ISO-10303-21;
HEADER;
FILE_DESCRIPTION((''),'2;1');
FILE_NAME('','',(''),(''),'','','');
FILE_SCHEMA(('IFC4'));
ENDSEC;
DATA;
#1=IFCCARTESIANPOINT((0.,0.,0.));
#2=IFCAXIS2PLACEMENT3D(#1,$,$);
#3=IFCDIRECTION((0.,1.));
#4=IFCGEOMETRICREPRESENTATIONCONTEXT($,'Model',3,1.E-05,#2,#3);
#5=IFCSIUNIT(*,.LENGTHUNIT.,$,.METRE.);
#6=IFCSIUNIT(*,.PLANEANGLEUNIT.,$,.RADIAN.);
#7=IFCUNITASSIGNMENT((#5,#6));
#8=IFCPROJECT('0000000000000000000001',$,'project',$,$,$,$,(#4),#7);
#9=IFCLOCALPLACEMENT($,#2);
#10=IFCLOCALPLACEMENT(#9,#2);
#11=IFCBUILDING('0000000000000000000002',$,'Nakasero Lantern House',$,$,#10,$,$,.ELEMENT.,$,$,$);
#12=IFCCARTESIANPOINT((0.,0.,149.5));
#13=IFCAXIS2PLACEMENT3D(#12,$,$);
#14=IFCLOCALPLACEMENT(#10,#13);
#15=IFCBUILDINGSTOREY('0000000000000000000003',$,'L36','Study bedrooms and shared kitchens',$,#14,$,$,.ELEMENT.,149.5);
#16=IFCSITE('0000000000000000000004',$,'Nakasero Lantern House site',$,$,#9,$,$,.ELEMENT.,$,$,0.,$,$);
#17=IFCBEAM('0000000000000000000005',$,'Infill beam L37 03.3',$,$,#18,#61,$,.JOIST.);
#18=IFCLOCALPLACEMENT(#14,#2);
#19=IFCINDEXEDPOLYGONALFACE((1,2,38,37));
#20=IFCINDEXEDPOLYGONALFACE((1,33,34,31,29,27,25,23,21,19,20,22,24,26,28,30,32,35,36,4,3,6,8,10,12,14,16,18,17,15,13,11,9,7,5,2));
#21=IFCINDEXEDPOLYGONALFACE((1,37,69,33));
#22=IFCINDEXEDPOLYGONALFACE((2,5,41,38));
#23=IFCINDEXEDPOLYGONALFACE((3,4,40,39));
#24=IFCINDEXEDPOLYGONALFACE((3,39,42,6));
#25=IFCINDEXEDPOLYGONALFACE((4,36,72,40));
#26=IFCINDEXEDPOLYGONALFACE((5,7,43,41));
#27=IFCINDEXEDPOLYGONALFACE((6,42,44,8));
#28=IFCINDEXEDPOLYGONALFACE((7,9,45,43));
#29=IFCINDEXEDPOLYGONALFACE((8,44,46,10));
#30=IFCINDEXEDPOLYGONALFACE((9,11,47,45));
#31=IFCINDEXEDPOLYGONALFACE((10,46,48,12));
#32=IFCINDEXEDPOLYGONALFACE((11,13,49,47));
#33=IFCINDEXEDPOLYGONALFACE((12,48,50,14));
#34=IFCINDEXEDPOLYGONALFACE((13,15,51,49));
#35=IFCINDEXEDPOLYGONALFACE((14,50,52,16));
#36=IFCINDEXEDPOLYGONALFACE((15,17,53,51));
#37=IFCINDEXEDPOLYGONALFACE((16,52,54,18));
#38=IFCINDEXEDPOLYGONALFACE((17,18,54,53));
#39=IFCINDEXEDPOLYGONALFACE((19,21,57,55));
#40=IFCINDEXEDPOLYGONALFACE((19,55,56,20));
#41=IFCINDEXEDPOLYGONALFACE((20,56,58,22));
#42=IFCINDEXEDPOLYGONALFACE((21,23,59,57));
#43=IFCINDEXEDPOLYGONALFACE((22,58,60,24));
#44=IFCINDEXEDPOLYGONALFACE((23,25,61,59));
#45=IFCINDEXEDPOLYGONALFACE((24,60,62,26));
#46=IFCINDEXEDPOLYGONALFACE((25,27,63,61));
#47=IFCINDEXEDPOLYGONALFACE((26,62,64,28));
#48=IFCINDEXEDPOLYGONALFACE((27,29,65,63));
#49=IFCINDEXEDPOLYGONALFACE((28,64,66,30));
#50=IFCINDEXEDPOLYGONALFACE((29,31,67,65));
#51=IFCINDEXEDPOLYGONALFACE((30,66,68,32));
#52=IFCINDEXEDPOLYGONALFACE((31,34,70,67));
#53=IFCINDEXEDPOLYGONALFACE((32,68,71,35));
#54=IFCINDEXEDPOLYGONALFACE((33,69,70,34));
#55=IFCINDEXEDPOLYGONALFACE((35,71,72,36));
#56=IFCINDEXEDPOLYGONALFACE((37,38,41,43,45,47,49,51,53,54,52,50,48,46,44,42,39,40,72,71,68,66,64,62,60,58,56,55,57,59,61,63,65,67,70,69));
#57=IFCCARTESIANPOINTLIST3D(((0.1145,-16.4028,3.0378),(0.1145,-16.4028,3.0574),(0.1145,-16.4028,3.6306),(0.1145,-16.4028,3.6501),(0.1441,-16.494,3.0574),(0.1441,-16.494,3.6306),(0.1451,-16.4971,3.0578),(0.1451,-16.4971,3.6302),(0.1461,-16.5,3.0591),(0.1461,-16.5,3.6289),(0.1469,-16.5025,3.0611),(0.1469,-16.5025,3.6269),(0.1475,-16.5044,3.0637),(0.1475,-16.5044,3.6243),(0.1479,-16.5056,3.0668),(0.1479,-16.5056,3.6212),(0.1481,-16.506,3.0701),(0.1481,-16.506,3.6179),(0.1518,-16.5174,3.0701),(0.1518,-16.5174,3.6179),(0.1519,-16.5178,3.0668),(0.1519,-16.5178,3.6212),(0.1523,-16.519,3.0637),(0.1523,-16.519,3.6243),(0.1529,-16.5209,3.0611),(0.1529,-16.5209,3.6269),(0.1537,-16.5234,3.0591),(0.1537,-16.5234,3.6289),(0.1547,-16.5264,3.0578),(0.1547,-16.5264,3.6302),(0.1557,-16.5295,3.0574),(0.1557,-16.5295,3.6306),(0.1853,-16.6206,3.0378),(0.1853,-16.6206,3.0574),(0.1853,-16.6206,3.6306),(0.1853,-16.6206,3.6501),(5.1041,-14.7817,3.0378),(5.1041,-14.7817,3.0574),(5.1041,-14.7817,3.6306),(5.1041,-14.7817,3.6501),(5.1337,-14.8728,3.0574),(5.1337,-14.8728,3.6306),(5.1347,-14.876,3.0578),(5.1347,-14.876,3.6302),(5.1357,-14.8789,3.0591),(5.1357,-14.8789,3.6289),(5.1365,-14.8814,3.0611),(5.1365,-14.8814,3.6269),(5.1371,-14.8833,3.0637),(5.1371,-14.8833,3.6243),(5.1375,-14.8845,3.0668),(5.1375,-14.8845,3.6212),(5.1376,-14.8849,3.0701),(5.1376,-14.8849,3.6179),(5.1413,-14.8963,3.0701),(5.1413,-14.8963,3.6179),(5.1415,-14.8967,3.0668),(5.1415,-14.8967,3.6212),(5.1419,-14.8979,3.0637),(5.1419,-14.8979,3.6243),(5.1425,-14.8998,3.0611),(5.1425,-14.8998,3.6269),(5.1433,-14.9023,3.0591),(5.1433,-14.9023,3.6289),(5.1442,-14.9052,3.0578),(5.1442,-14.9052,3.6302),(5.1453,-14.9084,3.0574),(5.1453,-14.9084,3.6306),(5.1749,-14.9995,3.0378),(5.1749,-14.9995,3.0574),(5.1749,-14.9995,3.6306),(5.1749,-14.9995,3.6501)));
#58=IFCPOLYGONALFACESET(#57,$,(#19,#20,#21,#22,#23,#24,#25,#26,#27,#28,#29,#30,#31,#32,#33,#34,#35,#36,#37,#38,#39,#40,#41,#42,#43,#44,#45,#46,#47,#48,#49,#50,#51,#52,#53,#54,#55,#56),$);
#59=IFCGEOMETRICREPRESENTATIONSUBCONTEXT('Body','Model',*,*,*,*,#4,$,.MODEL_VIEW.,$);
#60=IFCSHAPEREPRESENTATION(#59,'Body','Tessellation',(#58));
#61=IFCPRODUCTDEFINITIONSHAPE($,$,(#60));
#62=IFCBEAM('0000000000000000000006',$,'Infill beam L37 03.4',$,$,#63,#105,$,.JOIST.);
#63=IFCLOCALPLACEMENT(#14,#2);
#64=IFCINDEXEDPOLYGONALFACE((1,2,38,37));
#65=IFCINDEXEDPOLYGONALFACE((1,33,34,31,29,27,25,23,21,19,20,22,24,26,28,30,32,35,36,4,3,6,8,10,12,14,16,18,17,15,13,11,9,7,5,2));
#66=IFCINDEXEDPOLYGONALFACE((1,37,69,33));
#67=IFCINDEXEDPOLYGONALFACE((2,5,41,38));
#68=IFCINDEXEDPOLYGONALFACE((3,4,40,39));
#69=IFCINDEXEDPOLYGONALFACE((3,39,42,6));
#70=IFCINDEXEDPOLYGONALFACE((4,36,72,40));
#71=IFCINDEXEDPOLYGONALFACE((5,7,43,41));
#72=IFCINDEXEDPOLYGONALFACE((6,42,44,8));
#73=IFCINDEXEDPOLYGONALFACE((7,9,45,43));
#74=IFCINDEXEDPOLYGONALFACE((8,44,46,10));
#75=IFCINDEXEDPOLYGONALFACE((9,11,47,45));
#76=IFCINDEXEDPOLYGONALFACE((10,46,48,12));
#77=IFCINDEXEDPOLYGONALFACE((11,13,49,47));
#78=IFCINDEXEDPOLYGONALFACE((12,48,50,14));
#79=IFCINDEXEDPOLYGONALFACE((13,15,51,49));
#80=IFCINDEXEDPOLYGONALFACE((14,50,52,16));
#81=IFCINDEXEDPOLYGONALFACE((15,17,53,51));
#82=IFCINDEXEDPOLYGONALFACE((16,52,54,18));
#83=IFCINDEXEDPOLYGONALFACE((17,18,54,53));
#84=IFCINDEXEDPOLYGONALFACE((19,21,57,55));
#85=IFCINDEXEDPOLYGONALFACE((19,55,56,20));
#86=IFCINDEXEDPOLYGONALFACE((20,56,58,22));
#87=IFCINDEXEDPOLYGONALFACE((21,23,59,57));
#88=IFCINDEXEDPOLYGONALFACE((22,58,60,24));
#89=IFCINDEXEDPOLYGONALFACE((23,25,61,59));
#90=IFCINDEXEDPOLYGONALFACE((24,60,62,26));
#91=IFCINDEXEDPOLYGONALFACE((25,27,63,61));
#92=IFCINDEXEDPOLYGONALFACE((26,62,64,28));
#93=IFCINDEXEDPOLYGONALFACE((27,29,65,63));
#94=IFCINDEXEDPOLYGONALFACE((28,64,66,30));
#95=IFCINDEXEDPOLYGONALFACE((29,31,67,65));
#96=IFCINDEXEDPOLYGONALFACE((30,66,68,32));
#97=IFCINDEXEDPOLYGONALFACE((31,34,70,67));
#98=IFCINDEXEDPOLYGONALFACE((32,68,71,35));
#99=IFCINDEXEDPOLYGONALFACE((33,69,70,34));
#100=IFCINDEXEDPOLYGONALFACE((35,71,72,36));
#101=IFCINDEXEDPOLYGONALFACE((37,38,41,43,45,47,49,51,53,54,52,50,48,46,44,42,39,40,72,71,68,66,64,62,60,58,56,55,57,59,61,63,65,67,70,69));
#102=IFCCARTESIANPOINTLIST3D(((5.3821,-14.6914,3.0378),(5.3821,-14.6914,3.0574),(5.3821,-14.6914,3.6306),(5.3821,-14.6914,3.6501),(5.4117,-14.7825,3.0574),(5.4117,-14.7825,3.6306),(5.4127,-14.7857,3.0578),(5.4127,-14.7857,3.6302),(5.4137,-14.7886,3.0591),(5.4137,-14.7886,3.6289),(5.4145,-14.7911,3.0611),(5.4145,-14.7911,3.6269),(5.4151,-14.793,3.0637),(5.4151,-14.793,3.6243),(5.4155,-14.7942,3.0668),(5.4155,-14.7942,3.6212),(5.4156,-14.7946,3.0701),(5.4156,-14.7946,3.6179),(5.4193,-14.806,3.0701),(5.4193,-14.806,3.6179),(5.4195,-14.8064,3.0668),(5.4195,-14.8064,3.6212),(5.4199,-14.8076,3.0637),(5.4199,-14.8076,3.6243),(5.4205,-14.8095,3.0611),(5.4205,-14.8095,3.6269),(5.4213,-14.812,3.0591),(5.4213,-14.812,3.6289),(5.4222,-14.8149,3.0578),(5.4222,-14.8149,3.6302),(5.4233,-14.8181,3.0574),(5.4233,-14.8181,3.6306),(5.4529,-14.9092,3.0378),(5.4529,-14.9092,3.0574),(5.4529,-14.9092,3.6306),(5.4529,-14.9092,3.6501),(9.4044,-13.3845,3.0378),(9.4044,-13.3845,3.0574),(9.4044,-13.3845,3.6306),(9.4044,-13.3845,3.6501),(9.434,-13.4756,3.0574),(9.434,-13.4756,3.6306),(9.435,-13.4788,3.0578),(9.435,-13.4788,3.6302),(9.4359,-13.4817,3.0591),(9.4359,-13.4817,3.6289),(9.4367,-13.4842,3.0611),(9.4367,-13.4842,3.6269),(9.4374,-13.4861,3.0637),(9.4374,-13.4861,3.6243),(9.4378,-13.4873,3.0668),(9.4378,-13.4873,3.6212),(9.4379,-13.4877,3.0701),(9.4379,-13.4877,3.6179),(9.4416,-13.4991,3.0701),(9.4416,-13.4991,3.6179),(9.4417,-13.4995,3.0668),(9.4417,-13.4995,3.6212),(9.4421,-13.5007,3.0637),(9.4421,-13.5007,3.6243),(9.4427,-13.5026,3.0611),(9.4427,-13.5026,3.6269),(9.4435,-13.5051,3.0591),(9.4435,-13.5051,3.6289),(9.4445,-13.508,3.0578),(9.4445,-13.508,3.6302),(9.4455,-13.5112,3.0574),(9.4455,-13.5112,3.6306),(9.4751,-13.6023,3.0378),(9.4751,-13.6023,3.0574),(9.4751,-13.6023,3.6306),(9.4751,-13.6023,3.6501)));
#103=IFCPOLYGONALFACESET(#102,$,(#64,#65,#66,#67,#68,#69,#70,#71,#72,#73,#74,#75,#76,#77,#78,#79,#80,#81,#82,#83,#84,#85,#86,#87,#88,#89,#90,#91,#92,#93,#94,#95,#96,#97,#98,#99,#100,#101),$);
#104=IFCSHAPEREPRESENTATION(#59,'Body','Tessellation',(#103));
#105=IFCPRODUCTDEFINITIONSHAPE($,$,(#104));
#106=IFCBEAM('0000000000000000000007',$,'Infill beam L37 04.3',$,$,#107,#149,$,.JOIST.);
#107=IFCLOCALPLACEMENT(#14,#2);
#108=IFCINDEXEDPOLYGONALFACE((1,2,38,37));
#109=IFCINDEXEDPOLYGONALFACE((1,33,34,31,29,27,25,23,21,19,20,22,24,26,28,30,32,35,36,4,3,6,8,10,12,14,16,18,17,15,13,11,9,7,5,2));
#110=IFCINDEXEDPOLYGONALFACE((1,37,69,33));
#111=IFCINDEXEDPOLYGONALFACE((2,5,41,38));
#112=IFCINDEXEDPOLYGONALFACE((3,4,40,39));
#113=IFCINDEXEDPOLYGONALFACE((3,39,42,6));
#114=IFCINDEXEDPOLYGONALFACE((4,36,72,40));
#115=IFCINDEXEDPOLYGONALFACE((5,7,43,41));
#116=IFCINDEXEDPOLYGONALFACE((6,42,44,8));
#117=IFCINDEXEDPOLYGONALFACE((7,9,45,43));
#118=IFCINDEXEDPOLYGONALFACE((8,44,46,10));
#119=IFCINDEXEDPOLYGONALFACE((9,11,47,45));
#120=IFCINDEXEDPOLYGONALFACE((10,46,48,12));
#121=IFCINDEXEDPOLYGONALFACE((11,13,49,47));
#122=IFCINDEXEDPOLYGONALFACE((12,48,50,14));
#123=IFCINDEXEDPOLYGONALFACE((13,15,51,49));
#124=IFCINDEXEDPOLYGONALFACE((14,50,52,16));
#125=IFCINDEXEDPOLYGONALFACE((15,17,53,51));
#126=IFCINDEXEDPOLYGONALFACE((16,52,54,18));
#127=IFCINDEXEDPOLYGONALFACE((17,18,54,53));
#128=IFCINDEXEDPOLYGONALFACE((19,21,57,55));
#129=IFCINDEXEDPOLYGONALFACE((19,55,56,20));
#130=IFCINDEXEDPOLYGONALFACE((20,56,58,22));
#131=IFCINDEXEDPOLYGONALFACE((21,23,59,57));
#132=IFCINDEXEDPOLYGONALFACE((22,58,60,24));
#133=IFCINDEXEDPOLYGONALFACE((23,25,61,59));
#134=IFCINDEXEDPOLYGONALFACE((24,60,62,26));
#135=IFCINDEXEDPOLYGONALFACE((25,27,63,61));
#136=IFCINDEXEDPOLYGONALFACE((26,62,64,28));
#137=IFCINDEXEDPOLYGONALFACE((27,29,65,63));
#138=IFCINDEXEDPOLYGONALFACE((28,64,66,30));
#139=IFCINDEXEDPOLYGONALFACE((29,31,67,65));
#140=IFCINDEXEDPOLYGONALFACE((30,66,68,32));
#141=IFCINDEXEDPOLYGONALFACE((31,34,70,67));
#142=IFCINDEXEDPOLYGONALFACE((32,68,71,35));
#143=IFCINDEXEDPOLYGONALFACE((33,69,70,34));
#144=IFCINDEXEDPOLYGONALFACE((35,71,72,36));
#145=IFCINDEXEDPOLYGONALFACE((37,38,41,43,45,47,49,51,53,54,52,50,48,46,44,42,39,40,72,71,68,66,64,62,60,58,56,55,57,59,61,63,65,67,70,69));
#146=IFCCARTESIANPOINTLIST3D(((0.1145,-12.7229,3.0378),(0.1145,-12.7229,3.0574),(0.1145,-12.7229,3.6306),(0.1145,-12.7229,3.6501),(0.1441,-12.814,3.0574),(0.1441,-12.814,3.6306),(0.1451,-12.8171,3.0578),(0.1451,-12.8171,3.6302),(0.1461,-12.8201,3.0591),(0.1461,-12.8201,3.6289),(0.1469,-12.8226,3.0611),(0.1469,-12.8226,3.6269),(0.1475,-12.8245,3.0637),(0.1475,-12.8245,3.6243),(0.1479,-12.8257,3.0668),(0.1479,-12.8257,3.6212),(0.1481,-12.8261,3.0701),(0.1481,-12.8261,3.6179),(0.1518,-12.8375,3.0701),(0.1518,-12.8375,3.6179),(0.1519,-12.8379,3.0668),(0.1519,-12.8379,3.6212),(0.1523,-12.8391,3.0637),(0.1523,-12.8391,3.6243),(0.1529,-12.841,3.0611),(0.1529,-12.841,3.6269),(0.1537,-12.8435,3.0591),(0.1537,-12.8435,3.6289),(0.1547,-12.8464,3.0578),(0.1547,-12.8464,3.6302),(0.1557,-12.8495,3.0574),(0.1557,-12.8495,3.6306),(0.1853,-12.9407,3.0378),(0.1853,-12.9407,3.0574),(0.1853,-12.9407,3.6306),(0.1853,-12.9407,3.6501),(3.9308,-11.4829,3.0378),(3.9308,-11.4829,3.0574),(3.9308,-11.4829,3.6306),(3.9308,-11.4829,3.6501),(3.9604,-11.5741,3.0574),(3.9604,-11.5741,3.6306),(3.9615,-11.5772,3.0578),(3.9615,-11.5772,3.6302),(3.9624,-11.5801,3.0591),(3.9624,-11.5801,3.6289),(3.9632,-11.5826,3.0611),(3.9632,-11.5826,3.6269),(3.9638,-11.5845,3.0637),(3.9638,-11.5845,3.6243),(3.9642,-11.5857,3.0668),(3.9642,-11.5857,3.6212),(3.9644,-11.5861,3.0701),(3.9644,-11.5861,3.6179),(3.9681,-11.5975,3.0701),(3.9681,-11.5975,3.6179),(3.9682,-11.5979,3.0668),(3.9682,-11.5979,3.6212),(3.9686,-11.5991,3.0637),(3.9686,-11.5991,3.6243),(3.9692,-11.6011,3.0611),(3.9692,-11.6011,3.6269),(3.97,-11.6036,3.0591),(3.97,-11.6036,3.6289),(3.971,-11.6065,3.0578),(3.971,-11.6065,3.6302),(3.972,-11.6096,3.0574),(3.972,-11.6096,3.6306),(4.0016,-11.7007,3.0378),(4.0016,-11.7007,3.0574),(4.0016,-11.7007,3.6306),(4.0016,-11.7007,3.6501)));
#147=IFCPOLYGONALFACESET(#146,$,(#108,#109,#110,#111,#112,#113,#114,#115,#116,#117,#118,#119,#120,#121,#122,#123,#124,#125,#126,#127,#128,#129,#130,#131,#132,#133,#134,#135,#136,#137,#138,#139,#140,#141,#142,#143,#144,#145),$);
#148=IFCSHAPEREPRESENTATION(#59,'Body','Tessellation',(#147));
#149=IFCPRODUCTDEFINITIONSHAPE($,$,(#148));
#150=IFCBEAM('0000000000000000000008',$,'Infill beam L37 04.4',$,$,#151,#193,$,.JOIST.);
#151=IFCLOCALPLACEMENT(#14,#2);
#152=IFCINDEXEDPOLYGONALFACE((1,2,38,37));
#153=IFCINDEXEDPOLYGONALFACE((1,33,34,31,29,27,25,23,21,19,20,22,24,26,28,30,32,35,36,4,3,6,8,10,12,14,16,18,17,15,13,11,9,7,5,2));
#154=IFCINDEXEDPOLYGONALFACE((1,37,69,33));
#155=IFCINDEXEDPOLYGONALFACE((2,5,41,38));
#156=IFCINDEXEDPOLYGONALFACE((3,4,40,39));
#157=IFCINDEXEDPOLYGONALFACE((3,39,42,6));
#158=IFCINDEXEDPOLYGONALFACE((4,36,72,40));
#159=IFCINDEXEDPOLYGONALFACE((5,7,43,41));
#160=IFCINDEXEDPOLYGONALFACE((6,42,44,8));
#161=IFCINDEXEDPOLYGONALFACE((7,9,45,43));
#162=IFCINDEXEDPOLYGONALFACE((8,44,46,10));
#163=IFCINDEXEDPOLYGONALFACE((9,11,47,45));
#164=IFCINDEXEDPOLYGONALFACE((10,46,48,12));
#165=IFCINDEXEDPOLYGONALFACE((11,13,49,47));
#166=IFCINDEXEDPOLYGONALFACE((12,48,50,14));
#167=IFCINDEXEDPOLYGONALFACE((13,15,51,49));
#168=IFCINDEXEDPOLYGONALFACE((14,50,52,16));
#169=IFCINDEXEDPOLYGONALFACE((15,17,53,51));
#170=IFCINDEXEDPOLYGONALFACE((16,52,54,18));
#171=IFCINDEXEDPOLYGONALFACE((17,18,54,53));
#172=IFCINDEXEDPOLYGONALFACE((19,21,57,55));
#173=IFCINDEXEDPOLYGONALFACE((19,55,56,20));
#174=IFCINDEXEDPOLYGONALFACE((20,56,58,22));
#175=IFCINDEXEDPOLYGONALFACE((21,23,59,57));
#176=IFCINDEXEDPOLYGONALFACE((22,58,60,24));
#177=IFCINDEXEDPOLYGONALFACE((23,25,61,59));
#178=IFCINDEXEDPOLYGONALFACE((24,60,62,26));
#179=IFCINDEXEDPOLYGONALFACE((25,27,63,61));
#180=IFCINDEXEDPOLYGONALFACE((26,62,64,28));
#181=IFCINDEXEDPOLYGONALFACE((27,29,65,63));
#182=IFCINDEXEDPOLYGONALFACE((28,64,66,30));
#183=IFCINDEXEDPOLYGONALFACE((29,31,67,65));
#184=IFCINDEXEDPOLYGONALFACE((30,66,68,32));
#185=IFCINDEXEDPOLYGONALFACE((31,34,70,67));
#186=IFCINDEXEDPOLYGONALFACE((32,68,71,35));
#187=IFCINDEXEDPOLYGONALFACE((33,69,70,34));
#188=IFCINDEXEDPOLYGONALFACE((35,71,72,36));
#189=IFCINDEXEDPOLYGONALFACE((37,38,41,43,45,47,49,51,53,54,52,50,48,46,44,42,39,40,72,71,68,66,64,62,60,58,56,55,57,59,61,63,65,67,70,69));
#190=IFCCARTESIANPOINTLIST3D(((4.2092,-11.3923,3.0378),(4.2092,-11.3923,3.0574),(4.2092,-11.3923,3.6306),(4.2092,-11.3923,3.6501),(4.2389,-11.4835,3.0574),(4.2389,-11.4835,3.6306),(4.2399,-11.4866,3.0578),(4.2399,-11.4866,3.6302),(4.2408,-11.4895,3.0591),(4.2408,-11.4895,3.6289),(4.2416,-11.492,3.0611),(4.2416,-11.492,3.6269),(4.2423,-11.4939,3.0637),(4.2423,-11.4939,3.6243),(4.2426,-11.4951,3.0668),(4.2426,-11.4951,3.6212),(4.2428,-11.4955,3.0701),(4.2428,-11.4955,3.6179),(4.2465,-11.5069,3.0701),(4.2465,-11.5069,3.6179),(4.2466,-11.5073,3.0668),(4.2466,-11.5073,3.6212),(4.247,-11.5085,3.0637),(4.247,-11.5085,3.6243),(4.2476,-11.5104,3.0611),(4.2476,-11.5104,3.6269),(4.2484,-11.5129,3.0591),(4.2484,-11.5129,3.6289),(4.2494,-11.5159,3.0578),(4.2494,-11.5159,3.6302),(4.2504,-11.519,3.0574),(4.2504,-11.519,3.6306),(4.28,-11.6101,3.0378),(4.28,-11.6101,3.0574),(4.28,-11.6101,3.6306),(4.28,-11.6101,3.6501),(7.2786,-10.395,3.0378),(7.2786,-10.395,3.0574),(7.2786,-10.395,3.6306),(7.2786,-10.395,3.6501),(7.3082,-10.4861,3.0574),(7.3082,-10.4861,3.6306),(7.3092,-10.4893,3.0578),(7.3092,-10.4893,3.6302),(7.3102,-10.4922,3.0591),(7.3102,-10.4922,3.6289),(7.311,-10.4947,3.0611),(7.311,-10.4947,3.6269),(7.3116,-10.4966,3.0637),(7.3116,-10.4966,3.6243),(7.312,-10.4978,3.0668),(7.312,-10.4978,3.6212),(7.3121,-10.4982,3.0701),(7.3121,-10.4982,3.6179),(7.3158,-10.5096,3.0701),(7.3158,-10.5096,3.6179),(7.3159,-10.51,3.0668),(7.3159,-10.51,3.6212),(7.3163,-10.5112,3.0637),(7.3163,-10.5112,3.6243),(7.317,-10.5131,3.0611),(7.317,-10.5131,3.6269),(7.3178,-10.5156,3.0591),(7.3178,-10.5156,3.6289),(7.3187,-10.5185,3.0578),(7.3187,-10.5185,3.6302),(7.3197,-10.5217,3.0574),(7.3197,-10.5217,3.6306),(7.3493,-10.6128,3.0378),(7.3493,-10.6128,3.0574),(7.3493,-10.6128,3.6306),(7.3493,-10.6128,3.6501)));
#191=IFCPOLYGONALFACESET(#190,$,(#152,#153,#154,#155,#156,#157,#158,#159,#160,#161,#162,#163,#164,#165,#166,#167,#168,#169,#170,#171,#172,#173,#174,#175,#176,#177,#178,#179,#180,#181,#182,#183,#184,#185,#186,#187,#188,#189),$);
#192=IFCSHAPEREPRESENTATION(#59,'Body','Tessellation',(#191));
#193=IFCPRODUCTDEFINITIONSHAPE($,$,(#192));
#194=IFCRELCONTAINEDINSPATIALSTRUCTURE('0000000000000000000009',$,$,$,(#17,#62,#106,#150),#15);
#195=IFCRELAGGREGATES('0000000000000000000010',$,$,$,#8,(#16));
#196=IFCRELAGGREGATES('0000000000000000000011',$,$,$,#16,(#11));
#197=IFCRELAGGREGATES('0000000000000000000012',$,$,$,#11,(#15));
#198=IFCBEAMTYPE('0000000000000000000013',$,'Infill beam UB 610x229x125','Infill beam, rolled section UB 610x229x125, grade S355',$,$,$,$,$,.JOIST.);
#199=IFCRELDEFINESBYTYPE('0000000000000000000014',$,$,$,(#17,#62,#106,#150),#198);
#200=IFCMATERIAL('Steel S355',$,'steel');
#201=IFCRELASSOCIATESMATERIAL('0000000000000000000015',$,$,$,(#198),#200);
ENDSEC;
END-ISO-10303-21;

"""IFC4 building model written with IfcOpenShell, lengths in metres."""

from ifc_helpers import new_model, si_unit, direction, frame, origin, origin_2d, place, context, subcontext, project, spatial, i_section, extrude, material, material_profile, profile_set, type_object, element, save


model = new_model("IFC4")

# Units and contexts
model_context = context("Model", 3, precision=1e-05, world=origin(), true_north=direction((0.0, 1.0)))
body_context = subcontext(model_context, "Body", "Model", "MODEL_VIEW")
ifc_project = project(units=[si_unit("LENGTHUNIT", "METRE"), si_unit("PLANEANGLEUNIT", "RADIAN")], contexts=[model_context])

# Site, building, storey
site_placement = place(None, origin())
site = spatial("IfcSite", under=ifc_project, at=site_placement, Name="Nakasero Lantern House site", CompositionType="ELEMENT", RefElevation=0.0)
building_placement = place(site_placement, origin())
building = spatial("IfcBuilding", under=site, at=building_placement, Name="Nakasero Lantern House", CompositionType="ELEMENT")
storey_placement = place(building_placement, frame((0.0, 0.0, 149.5)))
storey = spatial("IfcBuildingStorey", under=building, at=storey_placement, Name="L36", Description="Study bedrooms and shared kitchens", CompositionType="ELEMENT", Elevation=149.5)

# Beams
ifc_material_1 = material(Name="Steel S355", Category="steel")
ifc_material_profile_1 = material_profile(ifc_material_1, i_section(OverallWidth=0.229, OverallDepth=0.6123, WebThickness=0.012, FlangeThickness=0.0195, FilletRadius=0.0127, at=origin_2d()), Name="UB 610x229x125")
ifc_profile_set_1 = profile_set([ifc_material_profile_1], Name="Steel S355")
beam_type_1 = type_object("IfcBeamType", Name="Infill beam UB 610x229x125", Description="Infill beam, rolled section UB 610x229x125, grade S355", PredefinedType="JOIST", material=ifc_profile_set_1)
beam_1_placement = place(storey_placement, frame((0.1499, -16.5117, 3.344), z_axis=(0.951062, 0.309001, 0.0), x_axis=(-0.309001, 0.951062, 0.0)))
element("IfcBeam", 1, at=beam_1_placement, inside=storey, type_object=beam_type_1, Name="Infill beam L37 03.3", PredefinedType="JOIST", context=body_context, shape_type="SweptSolid", body=[
    extrude(i_section(OverallWidth=0.229, OverallDepth=0.6123, WebThickness=0.012, FlangeThickness=0.0195, FilletRadius=0.0127, at=origin_2d()), origin(), (0.0, 0.0, 1.0), 5.2463),
])
beam_2_placement = place(storey_placement, frame((5.4175, -14.8003, 3.344), z_axis=(0.951057, 0.309014, 0.0), x_axis=(-0.309014, 0.951057, 0.0)))
element("IfcBeam", 2, at=beam_2_placement, inside=storey, type_object=beam_type_1, Name="Infill beam L37 03.4", PredefinedType="JOIST", context=body_context, shape_type="SweptSolid", body=[
    extrude(i_section(OverallWidth=0.229, OverallDepth=0.6123, WebThickness=0.012, FlangeThickness=0.0195, FilletRadius=0.0127, at=origin_2d()), origin(), (0.0, 0.0, 1.0), 4.2292),
])
beam_3_placement = place(storey_placement, frame((0.1499, -12.8318, 3.344), z_axis=(0.951059, 0.309009, 0.0), x_axis=(-0.309009, 0.951059, 0.0)))
element("IfcBeam", 3, at=beam_3_placement, inside=storey, type_object=beam_type_1, Name="Infill beam L37 04.3", PredefinedType="JOIST", context=body_context, shape_type="SweptSolid", body=[
    extrude(i_section(OverallWidth=0.229, OverallDepth=0.6123, WebThickness=0.012, FlangeThickness=0.0195, FilletRadius=0.0127, at=origin_2d()), origin(), (0.0, 0.0, 1.0), 4.0127),
])
beam_4_placement = place(storey_placement, frame((4.2446, -11.5012, 3.344), z_axis=(0.951054, 0.309024, 0.0), x_axis=(-0.309024, 0.951054, 0.0)))
element("IfcBeam", 4, at=beam_4_placement, inside=storey, type_object=beam_type_1, Name="Infill beam L37 04.4", PredefinedType="JOIST", context=body_context, shape_type="SweptSolid", body=[
    extrude(i_section(OverallWidth=0.229, OverallDepth=0.6123, WebThickness=0.012, FlangeThickness=0.0195, FilletRadius=0.0127, at=origin_2d()), origin(), (0.0, 0.0, 1.0), 3.2273),
])

save(model, "model.ifc")
